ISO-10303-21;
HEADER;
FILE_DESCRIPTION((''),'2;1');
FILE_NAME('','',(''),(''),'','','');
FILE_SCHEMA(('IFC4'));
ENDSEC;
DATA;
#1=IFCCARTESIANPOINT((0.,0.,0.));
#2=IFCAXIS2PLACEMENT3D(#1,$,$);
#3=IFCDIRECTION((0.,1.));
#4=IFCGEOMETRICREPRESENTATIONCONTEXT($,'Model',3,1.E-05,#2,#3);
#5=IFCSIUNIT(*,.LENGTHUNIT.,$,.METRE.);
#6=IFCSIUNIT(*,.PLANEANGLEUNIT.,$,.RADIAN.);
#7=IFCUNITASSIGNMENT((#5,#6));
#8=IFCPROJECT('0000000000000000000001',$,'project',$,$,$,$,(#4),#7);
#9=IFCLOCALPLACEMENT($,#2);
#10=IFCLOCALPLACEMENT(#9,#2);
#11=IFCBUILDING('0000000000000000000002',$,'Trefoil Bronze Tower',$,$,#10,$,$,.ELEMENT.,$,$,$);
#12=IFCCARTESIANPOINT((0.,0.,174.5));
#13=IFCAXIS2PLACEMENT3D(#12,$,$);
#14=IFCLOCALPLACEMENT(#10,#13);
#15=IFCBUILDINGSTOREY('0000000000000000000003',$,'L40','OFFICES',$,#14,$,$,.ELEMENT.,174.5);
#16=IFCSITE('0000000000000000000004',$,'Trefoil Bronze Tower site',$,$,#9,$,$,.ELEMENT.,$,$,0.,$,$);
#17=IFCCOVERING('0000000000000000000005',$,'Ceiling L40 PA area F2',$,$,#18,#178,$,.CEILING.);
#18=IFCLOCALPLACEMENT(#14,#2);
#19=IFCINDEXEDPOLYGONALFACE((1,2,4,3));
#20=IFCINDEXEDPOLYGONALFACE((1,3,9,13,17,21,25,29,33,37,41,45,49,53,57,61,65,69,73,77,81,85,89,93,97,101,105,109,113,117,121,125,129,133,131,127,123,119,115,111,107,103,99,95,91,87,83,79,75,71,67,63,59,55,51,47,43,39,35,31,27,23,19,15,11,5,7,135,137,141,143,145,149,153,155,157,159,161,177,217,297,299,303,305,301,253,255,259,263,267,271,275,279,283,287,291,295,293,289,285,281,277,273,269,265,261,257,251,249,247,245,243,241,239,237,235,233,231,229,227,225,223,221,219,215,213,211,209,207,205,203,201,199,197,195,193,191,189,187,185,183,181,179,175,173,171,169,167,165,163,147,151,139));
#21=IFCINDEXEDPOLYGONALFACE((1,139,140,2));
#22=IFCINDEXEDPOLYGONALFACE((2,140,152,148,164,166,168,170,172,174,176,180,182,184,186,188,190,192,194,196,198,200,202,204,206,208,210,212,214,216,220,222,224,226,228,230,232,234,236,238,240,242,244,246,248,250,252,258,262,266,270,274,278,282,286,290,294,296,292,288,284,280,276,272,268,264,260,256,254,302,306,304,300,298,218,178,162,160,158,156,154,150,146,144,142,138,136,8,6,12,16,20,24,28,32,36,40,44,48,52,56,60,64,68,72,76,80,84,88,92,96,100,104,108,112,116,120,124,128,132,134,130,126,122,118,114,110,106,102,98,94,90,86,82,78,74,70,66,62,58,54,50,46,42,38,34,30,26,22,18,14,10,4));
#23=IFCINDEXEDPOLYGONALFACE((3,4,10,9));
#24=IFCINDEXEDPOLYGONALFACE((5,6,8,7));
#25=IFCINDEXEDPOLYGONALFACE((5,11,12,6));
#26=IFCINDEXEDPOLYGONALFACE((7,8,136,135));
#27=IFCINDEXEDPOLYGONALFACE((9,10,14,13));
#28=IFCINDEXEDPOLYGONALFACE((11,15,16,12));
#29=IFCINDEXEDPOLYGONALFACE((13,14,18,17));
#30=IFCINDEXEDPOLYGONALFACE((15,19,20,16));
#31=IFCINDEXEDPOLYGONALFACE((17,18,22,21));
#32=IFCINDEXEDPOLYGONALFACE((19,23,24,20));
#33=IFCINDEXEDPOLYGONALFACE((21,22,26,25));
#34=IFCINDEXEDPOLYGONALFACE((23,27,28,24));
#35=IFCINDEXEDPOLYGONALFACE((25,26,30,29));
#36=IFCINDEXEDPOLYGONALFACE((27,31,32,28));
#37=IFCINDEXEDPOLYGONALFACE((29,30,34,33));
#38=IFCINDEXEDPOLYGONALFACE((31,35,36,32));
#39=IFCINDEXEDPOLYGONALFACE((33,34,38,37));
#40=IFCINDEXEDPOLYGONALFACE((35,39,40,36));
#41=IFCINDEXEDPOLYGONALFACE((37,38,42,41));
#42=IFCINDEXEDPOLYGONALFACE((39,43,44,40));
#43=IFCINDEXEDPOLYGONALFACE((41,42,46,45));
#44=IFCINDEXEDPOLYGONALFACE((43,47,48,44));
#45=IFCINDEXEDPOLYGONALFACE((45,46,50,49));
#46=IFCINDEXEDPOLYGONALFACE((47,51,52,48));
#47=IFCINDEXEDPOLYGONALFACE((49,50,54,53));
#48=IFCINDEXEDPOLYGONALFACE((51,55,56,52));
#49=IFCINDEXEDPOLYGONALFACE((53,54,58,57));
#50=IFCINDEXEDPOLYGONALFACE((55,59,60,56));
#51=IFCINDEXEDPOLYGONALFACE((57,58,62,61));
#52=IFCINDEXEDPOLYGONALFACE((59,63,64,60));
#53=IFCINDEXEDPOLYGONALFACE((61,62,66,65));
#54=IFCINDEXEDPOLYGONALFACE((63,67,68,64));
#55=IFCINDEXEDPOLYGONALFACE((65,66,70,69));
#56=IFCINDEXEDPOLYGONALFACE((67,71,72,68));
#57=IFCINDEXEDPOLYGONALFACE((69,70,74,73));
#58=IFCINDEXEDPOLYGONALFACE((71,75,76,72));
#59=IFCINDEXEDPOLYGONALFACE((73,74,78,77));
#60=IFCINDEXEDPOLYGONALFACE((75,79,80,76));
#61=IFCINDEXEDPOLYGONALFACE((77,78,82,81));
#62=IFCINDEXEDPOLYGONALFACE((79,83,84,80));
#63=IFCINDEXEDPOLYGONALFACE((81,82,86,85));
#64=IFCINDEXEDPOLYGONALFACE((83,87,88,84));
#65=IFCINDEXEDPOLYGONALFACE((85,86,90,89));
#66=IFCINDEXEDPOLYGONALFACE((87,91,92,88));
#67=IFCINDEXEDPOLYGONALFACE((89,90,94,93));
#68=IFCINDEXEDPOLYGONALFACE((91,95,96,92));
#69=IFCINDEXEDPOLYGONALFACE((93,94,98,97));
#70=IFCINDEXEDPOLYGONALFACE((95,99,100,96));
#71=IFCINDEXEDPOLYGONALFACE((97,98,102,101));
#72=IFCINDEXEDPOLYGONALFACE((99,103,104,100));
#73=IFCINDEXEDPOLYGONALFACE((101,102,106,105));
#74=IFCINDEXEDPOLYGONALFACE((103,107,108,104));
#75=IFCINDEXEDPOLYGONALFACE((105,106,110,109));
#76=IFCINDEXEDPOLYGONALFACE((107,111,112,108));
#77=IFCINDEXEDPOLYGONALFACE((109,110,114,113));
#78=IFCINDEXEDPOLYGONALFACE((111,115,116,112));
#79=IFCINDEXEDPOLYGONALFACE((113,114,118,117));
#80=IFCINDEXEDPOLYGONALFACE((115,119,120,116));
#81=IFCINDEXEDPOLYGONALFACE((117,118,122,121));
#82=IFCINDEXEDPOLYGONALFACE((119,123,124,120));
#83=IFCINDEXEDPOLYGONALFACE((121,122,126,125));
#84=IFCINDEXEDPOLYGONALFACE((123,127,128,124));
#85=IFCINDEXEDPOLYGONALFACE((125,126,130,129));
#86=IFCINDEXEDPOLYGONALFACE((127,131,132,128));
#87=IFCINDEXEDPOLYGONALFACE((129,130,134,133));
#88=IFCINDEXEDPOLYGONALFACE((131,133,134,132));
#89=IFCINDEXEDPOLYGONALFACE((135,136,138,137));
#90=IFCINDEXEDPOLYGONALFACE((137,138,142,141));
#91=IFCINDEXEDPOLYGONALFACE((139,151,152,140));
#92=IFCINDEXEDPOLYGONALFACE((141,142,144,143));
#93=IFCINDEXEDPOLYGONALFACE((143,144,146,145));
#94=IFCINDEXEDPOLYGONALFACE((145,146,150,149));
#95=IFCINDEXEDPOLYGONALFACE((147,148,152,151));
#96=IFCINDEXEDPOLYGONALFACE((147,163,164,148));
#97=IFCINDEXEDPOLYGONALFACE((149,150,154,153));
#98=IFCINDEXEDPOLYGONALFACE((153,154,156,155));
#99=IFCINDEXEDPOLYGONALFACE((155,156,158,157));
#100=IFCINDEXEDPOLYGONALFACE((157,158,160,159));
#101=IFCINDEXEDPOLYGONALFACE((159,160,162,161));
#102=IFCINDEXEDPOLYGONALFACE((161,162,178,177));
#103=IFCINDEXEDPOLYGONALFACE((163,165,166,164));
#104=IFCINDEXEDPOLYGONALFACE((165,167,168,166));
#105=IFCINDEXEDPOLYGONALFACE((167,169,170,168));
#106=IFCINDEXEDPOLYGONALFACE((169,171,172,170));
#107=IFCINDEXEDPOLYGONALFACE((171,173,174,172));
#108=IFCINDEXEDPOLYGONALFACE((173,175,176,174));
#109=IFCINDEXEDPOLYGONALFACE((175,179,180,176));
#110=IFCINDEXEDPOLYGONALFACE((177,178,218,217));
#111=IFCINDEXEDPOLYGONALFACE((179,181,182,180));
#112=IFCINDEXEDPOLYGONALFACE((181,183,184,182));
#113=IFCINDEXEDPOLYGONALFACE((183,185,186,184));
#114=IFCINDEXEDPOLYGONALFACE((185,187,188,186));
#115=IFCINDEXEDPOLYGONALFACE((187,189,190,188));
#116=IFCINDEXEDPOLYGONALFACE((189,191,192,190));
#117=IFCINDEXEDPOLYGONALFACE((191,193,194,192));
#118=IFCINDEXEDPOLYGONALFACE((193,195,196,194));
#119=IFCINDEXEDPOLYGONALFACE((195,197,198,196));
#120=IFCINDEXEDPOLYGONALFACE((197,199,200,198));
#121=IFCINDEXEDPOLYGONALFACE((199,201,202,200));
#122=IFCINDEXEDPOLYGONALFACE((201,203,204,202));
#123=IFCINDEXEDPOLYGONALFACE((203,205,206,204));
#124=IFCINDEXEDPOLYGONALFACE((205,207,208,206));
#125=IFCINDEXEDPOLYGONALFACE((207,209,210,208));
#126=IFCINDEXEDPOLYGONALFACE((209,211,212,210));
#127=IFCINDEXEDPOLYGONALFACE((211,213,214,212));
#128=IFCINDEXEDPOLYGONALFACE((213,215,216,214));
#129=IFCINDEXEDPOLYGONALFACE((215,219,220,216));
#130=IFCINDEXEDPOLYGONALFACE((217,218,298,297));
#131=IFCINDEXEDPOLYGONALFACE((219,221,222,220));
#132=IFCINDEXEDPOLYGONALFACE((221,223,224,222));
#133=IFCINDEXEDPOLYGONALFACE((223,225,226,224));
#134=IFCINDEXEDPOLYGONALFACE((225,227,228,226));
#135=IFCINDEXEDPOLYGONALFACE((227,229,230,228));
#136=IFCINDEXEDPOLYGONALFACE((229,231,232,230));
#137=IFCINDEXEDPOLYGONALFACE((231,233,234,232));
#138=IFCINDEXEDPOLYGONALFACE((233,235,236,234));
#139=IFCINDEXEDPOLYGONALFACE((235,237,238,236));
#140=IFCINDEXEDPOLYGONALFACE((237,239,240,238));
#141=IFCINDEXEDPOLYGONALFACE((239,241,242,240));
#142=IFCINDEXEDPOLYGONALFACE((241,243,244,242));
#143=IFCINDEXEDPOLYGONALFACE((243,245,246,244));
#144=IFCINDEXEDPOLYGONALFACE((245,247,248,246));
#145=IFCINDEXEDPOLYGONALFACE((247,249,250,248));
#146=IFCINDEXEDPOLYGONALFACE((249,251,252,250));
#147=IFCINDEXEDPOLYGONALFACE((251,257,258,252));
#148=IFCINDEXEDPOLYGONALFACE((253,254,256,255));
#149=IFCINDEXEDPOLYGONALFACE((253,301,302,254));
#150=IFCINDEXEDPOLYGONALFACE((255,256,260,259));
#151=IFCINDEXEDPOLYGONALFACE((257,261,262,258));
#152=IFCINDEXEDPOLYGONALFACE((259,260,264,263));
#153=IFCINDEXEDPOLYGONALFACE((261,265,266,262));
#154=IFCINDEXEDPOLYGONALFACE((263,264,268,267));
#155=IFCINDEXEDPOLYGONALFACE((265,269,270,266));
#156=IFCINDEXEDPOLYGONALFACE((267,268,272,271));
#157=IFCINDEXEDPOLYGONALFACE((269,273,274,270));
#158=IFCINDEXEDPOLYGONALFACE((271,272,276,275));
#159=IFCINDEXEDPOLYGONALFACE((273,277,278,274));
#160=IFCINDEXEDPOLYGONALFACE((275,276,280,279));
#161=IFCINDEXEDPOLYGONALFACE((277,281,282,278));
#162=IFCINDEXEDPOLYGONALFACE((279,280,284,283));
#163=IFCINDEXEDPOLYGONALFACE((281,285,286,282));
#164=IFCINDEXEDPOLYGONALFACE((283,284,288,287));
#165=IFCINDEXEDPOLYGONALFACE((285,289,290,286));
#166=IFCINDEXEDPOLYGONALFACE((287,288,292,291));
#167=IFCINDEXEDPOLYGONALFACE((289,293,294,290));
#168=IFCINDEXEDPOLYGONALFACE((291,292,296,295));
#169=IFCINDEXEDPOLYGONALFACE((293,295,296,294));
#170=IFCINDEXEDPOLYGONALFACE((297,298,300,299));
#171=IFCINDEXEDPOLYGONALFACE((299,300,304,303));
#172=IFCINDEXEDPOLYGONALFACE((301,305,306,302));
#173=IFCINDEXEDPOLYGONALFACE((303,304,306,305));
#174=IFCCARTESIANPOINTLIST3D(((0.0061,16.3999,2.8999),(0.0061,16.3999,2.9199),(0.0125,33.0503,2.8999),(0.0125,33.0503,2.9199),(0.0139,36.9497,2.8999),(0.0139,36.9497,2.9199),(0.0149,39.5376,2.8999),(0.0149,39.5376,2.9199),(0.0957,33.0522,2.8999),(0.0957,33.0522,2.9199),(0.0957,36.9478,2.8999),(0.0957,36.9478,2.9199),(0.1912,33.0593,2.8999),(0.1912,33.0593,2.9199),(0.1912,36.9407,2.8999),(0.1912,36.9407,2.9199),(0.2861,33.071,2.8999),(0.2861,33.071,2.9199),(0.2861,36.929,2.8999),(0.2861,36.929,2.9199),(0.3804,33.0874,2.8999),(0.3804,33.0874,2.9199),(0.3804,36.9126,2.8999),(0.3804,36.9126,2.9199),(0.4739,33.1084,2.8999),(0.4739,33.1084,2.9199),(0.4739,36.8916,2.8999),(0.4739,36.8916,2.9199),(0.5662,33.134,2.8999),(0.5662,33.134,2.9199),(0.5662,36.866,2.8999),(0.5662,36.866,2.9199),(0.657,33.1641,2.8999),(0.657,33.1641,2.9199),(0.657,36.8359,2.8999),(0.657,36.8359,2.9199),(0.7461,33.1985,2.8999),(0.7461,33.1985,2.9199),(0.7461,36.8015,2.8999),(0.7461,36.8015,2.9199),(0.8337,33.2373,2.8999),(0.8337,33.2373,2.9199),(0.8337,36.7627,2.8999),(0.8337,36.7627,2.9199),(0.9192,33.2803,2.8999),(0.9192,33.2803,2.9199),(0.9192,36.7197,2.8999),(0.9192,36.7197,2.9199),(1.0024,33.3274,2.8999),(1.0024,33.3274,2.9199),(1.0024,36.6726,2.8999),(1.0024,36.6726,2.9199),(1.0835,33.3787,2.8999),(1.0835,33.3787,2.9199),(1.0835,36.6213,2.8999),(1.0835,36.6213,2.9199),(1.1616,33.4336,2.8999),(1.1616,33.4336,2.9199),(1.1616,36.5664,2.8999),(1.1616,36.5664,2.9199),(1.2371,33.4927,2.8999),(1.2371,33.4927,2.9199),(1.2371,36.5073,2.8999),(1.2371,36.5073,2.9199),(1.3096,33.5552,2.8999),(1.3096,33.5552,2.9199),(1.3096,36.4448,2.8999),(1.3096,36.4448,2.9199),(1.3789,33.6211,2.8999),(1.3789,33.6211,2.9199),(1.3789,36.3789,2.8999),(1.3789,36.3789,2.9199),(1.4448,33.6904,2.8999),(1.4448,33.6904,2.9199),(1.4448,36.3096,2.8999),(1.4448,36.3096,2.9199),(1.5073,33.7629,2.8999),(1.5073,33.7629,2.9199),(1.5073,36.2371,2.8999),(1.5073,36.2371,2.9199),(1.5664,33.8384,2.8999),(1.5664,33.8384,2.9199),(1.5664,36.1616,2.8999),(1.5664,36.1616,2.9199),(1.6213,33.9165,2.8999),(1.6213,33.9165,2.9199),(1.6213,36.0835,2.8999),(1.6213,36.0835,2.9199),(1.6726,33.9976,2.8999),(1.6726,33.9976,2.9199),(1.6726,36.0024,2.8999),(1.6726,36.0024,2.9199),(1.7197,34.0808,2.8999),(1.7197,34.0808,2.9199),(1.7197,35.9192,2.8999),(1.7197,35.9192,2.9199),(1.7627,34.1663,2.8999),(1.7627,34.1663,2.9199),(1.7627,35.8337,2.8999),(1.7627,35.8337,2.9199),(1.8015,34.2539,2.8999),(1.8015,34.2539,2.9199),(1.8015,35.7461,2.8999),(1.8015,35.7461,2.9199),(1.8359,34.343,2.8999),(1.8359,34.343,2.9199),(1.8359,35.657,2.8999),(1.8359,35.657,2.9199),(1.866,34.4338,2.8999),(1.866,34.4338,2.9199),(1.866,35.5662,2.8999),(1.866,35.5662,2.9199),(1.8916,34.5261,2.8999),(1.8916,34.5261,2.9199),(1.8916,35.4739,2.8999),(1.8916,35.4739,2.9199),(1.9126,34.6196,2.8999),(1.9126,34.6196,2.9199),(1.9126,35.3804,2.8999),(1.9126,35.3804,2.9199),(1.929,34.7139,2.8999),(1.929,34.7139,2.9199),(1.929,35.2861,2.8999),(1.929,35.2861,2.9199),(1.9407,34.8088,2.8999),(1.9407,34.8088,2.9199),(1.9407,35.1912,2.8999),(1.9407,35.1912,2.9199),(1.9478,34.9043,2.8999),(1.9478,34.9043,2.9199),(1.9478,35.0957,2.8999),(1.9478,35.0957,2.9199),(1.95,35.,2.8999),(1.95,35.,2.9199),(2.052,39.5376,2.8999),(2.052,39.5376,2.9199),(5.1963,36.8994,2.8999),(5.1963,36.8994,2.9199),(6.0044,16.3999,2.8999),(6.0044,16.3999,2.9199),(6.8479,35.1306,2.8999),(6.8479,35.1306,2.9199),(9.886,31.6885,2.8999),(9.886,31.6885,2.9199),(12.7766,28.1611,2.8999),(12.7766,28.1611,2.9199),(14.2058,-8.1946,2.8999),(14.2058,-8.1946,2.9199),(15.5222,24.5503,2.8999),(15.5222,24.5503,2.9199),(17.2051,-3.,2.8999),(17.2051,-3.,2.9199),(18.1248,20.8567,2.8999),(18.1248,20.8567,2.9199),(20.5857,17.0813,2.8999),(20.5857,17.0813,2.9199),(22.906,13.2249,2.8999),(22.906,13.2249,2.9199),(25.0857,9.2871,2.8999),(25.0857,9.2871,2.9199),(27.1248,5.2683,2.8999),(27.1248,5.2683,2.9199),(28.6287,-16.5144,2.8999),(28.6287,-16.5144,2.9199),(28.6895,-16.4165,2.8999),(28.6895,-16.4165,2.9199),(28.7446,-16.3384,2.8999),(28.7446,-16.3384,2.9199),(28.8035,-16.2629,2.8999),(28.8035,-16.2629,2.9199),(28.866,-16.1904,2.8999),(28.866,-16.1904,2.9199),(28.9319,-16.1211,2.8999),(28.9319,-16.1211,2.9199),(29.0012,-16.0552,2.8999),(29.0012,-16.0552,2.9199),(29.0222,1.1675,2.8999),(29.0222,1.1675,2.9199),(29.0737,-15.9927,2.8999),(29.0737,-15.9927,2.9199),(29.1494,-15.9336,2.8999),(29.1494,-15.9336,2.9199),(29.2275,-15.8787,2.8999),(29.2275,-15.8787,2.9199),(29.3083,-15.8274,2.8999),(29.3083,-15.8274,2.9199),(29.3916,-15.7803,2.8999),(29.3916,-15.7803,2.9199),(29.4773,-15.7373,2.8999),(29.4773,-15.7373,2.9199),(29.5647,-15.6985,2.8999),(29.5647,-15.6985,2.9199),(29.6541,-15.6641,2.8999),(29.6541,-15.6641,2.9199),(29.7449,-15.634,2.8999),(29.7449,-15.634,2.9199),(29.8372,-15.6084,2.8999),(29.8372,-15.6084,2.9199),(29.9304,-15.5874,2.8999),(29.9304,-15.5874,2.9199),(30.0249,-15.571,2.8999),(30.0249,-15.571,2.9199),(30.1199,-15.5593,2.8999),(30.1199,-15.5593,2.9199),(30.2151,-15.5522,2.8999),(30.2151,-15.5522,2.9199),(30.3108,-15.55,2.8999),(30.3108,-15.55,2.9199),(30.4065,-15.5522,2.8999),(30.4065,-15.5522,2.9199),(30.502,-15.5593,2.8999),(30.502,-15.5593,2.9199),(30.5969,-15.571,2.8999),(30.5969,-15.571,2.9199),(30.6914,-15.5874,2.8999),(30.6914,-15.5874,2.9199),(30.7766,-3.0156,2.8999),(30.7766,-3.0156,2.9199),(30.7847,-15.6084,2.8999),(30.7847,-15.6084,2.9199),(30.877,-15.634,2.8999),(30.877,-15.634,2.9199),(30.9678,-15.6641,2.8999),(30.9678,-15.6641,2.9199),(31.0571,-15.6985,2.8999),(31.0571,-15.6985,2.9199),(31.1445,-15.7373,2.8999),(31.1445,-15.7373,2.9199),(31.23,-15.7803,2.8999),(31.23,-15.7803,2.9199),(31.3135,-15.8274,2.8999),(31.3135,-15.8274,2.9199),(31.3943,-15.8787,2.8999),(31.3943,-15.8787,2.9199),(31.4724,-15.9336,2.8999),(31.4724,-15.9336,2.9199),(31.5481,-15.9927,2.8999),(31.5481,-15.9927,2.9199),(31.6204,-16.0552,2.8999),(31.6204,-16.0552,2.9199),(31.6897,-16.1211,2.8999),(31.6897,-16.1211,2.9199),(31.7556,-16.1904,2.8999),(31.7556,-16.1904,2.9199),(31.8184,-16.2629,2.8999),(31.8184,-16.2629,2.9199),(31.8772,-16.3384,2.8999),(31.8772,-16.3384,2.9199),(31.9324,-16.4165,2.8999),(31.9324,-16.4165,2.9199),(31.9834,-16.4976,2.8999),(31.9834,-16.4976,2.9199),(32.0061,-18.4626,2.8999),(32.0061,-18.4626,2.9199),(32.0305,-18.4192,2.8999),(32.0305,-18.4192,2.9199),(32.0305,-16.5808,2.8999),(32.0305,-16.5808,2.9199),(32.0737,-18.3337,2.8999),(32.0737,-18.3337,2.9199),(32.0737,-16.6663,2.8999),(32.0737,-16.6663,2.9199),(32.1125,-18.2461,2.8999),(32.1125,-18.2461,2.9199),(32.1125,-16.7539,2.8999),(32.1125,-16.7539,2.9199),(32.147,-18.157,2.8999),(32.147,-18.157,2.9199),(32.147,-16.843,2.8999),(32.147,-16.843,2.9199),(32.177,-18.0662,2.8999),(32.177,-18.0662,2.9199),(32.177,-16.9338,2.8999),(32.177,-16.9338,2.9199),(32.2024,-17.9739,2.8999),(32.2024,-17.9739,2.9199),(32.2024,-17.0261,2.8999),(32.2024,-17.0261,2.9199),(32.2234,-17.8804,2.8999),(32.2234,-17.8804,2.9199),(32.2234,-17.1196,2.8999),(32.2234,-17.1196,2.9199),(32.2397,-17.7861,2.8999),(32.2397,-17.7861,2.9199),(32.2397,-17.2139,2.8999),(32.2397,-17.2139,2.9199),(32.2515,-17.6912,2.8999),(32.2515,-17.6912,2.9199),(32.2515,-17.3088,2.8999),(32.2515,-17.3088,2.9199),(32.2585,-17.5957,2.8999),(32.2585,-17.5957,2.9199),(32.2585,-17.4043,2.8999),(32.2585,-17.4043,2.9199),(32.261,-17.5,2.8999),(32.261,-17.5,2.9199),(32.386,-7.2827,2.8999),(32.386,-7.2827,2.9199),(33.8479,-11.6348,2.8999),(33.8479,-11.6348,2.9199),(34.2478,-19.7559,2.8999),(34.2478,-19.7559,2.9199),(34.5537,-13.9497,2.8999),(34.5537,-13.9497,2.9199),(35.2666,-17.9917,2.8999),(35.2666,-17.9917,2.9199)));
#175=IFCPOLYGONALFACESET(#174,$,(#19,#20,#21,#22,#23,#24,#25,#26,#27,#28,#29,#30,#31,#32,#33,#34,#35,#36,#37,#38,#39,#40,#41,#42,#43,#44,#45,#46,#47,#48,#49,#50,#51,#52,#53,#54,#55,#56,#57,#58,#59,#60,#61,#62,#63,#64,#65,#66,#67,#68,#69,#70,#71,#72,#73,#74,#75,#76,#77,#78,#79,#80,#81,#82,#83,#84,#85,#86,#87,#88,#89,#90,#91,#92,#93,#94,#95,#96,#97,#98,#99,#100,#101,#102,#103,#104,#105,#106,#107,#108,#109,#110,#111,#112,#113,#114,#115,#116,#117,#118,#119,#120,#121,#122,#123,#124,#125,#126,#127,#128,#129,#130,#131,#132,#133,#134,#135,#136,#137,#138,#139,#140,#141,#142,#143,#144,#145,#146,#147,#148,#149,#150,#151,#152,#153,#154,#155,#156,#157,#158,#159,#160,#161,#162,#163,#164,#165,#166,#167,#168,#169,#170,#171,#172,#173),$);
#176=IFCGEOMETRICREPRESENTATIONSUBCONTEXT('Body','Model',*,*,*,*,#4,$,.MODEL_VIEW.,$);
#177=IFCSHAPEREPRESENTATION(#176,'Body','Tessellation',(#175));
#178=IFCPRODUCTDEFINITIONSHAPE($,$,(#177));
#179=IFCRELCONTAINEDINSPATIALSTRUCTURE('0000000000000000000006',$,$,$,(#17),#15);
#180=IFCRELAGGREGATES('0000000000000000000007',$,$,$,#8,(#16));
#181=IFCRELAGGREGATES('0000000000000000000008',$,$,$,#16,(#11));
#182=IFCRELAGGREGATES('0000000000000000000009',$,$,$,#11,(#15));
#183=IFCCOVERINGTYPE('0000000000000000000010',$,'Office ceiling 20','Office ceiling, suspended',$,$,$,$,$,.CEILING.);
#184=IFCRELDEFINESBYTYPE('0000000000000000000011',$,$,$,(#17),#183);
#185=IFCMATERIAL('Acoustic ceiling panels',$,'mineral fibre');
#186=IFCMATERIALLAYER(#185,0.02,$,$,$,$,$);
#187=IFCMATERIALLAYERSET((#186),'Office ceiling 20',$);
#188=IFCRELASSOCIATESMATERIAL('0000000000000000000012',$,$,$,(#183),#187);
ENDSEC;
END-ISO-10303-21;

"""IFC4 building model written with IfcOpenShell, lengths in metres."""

from ifc_helpers import new_model, si_unit, direction, frame, origin, place, context, subcontext, project, spatial, polyline, outline, extrude, material, layer, layer_set, type_object, element, save


model = new_model("IFC4")

# Units and contexts
model_context = context("Model", 3, precision=1e-05, world=origin(), true_north=direction((0.0, 1.0)))
body_context = subcontext(model_context, "Body", "Model", "MODEL_VIEW")
ifc_project = project(units=[si_unit("LENGTHUNIT", "METRE"), si_unit("PLANEANGLEUNIT", "RADIAN")], contexts=[model_context])

# Site, building, storey
site_placement = place(None, origin())
site = spatial("IfcSite", under=ifc_project, at=site_placement, Name="Trefoil Bronze Tower site", CompositionType="ELEMENT", RefElevation=0.0)
building_placement = place(site_placement, origin())
building = spatial("IfcBuilding", under=site, at=building_placement, Name="Trefoil Bronze Tower", CompositionType="ELEMENT")
storey_placement = place(building_placement, frame((0.0, 0.0, 174.5)))
storey = spatial("IfcBuildingStorey", under=building, at=storey_placement, Name="L40", Description="OFFICES", CompositionType="ELEMENT", Elevation=174.5)

# Covering
ifc_material_1 = material(Name="Acoustic ceiling panels", Category="mineral fibre")
ifc_layer_1 = layer(ifc_material_1, 0.02)
ifc_layer_set_1 = layer_set([ifc_layer_1], Name="Office ceiling 20")
covering_type_1 = type_object("IfcCoveringType", Name="Office ceiling 20", Description="Office ceiling, suspended", PredefinedType="CEILING", material=ifc_layer_set_1)
covering_1_placement = place(storey_placement, frame((0.0, 0.0, 2.8999)))
element("IfcCovering", 1, at=covering_1_placement, inside=storey, type_object=covering_type_1, Name="Ceiling L40 PA area F2", PredefinedType="CEILING", context=body_context, shape_type="SweptSolid", body=[
    extrude(outline(polyline([(6.8479, 35.1306), (9.886, 31.6885), (12.7766, 28.1611), (15.5222, 24.5503), (18.1248, 20.8567), (20.5857, 17.0813), (22.906, 13.2249), (25.0857, 9.2871), (27.1248, 5.2683), (29.0222, 1.1675), (30.7766, -3.0156), (32.386, -7.2827), (33.8479, -11.6348), (34.5537, -13.9497), (35.2666, -17.9917), (34.2478, -19.7559), (32.0061, -18.4626), (32.0305, -18.4192), (32.0737, -18.3337), (32.1125, -18.2461), (32.147, -18.157), (32.177, -18.0662), (32.2024, -17.9739), (32.2234, -17.8804), (32.2397, -17.7861), (32.2515, -17.6912), (32.2585, -17.5957), (32.261, -17.5), (32.2585, -17.4043), (32.2515, -17.3088), (32.2397, -17.2139), (32.2234, -17.1196), (32.2024, -17.0261), (32.177, -16.9338), (32.147, -16.843), (32.1125, -16.7539), (32.0737, -16.6663), (32.0305, -16.5808), (31.9834, -16.4976), (31.9324, -16.4165), (31.8772, -16.3384), (31.8184, -16.2629), (31.7556, -16.1904), (31.6897, -16.1211), (31.6204, -16.0552), (31.5481, -15.9927), (31.4724, -15.9336), (31.3943, -15.8787), (31.3135, -15.8274), (31.23, -15.7803), (31.1445, -15.7373), (31.0571, -15.6985), (30.9678, -15.6641), (30.877, -15.634), (30.7847, -15.6084), (30.6914, -15.5874), (30.5969, -15.571), (30.502, -15.5593), (30.4065, -15.5522), (30.3108, -15.55), (30.2151, -15.5522), (30.1199, -15.5593), (30.0249, -15.571), (29.9304, -15.5874), (29.8372, -15.6084), (29.7449, -15.634), (29.6541, -15.6641), (29.5647, -15.6985), (29.4773, -15.7373), (29.3916, -15.7803), (29.3083, -15.8274), (29.2275, -15.8787), (29.1494, -15.9336), (29.0737, -15.9927), (29.0012, -16.0552), (28.9319, -16.1211), (28.866, -16.1904), (28.8035, -16.2629), (28.7446, -16.3384), (28.6895, -16.4165), (28.6287, -16.5144), (14.2058, -8.1946), (17.2051, -3.0), (6.0044, 16.3999), (0.0061, 16.3999), (0.0125, 33.0503), (0.0957, 33.0522), (0.1912, 33.0593), (0.2861, 33.071), (0.3804, 33.0874), (0.4739, 33.1084), (0.5662, 33.134), (0.657, 33.1641), (0.7461, 33.1985), (0.8337, 33.2373), (0.9192, 33.2803), (1.0024, 33.3274), (1.0835, 33.3787), (1.1616, 33.4336), (1.2371, 33.4927), (1.3096, 33.5552), (1.3789, 33.6211), (1.4448, 33.6904), (1.5073, 33.7629), (1.5664, 33.8384), (1.6213, 33.9165), (1.6726, 33.9976), (1.7197, 34.0808), (1.7627, 34.1663), (1.8015, 34.2539), (1.8359, 34.343), (1.866, 34.4338), (1.8916, 34.5261), (1.9126, 34.6196), (1.929, 34.7139), (1.9407, 34.8088), (1.9478, 34.9043), (1.95, 35.0), (1.9478, 35.0957), (1.9407, 35.1912), (1.929, 35.2861), (1.9126, 35.3804), (1.8916, 35.4739), (1.866, 35.5662), (1.8359, 35.657), (1.8015, 35.7461), (1.7627, 35.8337), (1.7197, 35.9192), (1.6726, 36.0024), (1.6213, 36.0835), (1.5664, 36.1616), (1.5073, 36.2371), (1.4448, 36.3096), (1.3789, 36.3789), (1.3096, 36.4448), (1.2371, 36.5073), (1.1616, 36.5664), (1.0835, 36.6213), (1.0024, 36.6726), (0.9192, 36.7197), (0.8337, 36.7627), (0.7461, 36.8015), (0.657, 36.8359), (0.5662, 36.866), (0.4739, 36.8916), (0.3804, 36.9126), (0.2861, 36.929), (0.1912, 36.9407), (0.0957, 36.9478), (0.0139, 36.9497), (0.0149, 39.5376), (2.052, 39.5376), (5.1963, 36.8994), (6.8479, 35.1306)])), origin(), (0.0, 0.0, 1.0), 0.02),
])

save(model, "model.ifc")
